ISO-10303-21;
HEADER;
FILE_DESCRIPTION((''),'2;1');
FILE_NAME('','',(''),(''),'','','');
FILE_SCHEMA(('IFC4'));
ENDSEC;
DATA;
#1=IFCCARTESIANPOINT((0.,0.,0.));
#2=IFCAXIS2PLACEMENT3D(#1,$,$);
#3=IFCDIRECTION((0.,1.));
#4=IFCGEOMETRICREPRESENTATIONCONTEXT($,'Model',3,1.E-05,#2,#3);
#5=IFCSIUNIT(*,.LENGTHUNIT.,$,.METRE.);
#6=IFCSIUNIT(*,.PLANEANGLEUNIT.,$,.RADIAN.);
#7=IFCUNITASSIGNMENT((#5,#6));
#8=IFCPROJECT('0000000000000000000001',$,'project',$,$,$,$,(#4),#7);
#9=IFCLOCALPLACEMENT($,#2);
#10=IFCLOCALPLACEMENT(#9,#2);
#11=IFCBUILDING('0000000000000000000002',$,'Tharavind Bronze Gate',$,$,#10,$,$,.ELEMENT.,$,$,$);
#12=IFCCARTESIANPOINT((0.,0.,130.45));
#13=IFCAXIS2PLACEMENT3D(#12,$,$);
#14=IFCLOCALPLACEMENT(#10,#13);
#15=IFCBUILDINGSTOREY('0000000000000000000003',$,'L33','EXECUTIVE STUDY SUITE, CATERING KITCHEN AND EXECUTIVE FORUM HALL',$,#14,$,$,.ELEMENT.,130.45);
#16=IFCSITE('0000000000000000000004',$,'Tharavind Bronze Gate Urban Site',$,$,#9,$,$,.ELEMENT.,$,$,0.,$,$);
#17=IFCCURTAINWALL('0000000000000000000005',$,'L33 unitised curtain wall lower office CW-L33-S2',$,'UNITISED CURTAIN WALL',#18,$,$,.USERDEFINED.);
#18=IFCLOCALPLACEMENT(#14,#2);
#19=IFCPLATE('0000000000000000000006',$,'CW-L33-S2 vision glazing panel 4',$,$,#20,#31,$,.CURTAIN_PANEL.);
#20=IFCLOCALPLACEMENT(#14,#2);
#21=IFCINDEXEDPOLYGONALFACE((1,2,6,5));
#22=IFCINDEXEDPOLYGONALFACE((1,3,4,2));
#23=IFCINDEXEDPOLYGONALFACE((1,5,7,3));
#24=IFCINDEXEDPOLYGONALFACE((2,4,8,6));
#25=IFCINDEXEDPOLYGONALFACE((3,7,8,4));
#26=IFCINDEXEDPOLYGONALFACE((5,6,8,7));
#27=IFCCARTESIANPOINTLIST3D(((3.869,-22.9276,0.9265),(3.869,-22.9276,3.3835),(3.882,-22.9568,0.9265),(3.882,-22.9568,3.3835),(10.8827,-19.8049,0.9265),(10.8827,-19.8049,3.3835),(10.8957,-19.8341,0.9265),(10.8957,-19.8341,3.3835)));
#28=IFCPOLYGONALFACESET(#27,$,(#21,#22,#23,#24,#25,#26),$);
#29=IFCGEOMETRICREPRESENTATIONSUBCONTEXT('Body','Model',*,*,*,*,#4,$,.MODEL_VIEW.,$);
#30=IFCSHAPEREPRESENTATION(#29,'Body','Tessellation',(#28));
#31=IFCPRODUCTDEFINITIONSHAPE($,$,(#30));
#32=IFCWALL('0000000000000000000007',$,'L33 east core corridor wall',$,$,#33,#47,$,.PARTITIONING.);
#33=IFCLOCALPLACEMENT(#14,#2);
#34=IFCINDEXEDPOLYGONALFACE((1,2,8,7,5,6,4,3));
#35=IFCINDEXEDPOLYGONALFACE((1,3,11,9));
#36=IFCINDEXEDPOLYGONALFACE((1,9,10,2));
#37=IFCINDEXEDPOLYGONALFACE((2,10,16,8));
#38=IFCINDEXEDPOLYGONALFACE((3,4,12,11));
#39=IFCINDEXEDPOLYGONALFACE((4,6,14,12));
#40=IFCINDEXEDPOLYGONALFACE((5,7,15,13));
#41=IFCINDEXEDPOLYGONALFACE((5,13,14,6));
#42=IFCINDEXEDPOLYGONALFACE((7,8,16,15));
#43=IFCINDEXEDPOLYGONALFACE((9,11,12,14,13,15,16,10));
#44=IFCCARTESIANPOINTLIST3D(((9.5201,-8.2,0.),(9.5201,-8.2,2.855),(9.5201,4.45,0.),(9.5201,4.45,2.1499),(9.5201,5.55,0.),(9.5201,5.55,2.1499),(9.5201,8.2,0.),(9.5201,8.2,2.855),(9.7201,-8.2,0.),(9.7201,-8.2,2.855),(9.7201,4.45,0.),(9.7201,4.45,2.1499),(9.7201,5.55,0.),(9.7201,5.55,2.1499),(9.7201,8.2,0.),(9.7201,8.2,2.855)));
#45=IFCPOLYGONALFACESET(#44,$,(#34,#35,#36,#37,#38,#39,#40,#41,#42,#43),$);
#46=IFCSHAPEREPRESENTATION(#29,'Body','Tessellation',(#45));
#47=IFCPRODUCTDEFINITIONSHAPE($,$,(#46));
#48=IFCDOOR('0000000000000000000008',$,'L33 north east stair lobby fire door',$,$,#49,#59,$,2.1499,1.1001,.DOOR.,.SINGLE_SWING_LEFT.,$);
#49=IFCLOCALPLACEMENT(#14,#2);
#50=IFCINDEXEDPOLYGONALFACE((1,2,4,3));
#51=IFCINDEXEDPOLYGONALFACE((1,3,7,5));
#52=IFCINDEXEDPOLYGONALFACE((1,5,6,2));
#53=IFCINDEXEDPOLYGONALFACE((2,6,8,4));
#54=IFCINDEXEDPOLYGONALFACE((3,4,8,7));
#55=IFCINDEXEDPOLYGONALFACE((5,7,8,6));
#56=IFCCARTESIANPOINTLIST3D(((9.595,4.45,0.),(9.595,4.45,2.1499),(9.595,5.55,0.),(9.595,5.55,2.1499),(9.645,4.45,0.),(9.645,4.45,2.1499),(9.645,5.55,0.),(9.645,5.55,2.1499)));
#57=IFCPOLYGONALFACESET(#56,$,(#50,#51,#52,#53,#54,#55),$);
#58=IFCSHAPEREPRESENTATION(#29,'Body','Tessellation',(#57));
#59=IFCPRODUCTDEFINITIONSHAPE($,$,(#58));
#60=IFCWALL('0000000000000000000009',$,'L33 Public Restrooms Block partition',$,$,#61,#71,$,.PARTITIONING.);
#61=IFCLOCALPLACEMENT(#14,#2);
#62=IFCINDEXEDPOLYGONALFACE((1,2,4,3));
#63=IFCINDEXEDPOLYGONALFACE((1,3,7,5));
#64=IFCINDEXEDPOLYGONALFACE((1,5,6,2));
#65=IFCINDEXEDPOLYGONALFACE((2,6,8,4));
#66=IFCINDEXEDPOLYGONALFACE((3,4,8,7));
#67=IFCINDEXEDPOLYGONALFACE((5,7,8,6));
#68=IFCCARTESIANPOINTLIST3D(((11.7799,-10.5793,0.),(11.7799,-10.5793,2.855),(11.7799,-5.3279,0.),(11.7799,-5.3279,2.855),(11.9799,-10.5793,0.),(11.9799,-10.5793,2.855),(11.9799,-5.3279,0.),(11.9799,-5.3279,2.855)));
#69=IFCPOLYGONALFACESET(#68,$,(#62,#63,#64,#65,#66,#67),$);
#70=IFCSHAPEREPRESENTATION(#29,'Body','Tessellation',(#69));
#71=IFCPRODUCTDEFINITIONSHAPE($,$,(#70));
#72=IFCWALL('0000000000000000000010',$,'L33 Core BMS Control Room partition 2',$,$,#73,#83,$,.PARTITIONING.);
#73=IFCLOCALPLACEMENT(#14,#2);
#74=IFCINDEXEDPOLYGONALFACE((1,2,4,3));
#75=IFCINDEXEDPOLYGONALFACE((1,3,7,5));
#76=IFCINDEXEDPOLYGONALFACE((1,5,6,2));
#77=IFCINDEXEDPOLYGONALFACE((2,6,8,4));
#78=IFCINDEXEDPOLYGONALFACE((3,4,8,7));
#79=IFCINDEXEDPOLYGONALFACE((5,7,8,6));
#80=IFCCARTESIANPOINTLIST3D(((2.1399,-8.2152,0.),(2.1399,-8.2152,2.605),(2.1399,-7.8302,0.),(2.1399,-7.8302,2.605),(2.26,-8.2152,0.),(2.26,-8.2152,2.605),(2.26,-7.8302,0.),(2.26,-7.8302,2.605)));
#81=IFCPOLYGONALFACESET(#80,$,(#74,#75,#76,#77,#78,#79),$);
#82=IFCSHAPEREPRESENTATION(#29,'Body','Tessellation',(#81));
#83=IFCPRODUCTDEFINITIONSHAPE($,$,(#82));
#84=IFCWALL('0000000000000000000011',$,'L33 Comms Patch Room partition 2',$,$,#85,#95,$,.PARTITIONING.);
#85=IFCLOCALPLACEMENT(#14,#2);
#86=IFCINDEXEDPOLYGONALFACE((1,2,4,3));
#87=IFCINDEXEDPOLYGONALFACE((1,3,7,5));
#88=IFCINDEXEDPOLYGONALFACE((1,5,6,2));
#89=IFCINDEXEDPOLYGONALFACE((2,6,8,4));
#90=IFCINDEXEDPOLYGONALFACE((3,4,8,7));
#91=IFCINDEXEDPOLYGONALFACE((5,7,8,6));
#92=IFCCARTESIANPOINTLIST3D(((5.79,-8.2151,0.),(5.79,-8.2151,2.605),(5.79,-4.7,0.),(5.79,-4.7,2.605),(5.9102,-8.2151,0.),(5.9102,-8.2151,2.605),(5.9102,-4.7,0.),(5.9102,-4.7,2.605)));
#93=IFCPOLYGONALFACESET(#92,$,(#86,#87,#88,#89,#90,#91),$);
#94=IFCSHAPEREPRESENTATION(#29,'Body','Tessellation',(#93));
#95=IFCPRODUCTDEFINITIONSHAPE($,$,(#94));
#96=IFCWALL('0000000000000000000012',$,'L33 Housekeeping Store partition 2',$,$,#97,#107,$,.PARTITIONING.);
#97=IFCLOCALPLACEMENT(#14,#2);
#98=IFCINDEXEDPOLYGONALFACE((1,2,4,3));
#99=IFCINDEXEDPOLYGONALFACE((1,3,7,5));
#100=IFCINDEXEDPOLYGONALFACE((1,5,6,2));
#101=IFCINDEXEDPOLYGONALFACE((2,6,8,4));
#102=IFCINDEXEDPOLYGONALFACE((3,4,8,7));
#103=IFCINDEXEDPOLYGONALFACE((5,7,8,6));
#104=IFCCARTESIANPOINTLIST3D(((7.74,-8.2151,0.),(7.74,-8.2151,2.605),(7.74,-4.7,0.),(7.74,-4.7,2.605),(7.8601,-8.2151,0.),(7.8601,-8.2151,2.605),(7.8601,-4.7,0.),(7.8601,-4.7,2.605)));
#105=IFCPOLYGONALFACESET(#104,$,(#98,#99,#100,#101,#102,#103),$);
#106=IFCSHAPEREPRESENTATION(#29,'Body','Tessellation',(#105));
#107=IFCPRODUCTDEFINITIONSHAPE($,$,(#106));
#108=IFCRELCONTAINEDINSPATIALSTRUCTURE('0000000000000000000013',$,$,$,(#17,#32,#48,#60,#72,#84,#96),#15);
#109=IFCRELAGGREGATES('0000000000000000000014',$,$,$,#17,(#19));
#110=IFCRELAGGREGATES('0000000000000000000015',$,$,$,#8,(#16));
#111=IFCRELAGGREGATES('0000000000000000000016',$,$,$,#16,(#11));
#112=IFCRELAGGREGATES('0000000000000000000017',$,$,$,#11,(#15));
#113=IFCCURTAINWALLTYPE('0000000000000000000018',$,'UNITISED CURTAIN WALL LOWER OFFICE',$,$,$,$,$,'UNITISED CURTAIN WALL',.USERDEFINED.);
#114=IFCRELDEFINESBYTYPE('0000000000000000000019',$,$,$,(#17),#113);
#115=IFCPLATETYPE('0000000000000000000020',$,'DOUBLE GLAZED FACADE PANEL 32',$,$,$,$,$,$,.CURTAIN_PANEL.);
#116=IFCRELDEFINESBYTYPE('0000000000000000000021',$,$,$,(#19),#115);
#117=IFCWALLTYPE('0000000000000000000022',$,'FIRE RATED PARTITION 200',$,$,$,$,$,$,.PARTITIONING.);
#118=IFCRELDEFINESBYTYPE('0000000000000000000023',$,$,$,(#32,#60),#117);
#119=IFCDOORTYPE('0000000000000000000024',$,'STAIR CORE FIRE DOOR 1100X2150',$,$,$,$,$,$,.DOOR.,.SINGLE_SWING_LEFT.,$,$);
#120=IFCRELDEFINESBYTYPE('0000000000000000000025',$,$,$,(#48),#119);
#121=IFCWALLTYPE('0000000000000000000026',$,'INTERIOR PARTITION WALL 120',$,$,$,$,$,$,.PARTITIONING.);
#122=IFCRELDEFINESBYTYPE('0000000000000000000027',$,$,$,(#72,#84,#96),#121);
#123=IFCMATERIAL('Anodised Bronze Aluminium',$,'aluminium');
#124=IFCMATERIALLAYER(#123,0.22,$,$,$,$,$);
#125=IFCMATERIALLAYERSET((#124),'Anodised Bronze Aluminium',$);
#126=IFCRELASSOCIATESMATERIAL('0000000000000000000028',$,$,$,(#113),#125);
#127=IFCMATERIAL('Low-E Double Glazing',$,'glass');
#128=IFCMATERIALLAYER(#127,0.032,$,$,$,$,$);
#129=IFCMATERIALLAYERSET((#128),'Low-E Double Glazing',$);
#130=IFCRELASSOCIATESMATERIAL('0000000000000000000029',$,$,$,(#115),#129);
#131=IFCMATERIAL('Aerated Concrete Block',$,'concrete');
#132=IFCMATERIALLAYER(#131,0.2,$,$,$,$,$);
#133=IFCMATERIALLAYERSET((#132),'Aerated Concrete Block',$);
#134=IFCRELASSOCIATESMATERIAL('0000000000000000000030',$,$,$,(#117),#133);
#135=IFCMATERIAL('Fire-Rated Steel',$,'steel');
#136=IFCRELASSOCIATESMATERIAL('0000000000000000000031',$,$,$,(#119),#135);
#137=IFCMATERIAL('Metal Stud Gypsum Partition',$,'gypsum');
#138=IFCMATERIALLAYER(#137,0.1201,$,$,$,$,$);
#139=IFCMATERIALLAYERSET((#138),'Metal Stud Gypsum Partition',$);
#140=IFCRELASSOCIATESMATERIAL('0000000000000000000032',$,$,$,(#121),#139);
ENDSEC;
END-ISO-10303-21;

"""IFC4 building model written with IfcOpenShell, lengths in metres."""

from ifc_helpers import new_model, si_unit, direction, frame, frame_2d, origin, origin_2d, place, context, subcontext, project, spatial, rectangle, extrude, material, layer, layer_set, type_object, element, fill, aggregate, save


model = new_model("IFC4")

# Units and contexts
model_context = context("Model", 3, precision=1e-05, world=origin(), true_north=direction((0.0, 1.0)))
body_context = subcontext(model_context, "Body", "Model", "MODEL_VIEW")
ifc_project = project(units=[si_unit("LENGTHUNIT", "METRE"), si_unit("PLANEANGLEUNIT", "RADIAN")], contexts=[model_context])

# Site, building, storey
site_placement = place(None, origin())
site = spatial("IfcSite", under=ifc_project, at=site_placement, Name="Tharavind Bronze Gate Urban Site", CompositionType="ELEMENT", RefElevation=0.0)
building_placement = place(site_placement, origin())
building = spatial("IfcBuilding", under=site, at=building_placement, Name="Tharavind Bronze Gate", CompositionType="ELEMENT")
storey_placement = place(building_placement, frame((0.0, 0.0, 130.45)))
storey = spatial("IfcBuildingStorey", under=building, at=storey_placement, Name="L33", Description="EXECUTIVE STUDY SUITE, CATERING KITCHEN AND EXECUTIVE FORUM HALL", CompositionType="ELEMENT", Elevation=130.45)

# Curtain wall
ifc_material_1 = material(Name="Anodised Bronze Aluminium", Category="aluminium")
ifc_layer_1 = layer(ifc_material_1, 0.22)
ifc_layer_set_1 = layer_set([ifc_layer_1], Name="Anodised Bronze Aluminium")
curtain_wall_type = type_object("IfcCurtainWallType", Name="UNITISED CURTAIN WALL LOWER OFFICE", ElementType="UNITISED CURTAIN WALL", PredefinedType="USERDEFINED", material=ifc_layer_set_1)
curtain_wall_placement = place(storey_placement, origin())
curtain_wall = element("IfcCurtainWall", 1, at=curtain_wall_placement, inside=storey, type_object=curtain_wall_type, Name="L33 unitised curtain wall lower office CW-L33-S2", ObjectType="UNITISED CURTAIN WALL", PredefinedType="USERDEFINED")

# Plate
ifc_material_2 = material(Name="Low-E Double Glazing", Category="glass")
ifc_layer_2 = layer(ifc_material_2, 0.032)
ifc_layer_set_2 = layer_set([ifc_layer_2], Name="Low-E Double Glazing")
plate_type_1 = type_object("IfcPlateType", Name="DOUBLE GLAZED FACADE PANEL 32", PredefinedType="CURTAIN_PANEL", material=ifc_layer_set_2)
plate_1_placement = place(storey_placement, frame((7.3823, -21.3809, 0.9265), z_axis=(0.0, 0.0, 1.0), x_axis=(0.913545, 0.406737, 0.0)))
plate_1 = element("IfcPlate", 2, at=plate_1_placement, type_object=plate_type_1, Name="CW-L33-S2 vision glazing panel 4", PredefinedType="CURTAIN_PANEL", context=body_context, shape_type="SweptSolid", body=[
    extrude(rectangle(XDim=7.6775, YDim=0.032, at=origin_2d()), origin(), (0.0, 0.0, 1.0), 2.457),
])
aggregate(curtain_wall, [plate_1])

# Wall, opening, door
ifc_material_3 = material(Name="Aerated Concrete Block", Category="concrete")
ifc_layer_3 = layer(ifc_material_3, 0.2)
ifc_layer_set_3 = layer_set([ifc_layer_3], Name="Aerated Concrete Block")
wall_type_1 = type_object("IfcWallType", Name="FIRE RATED PARTITION 200", PredefinedType="PARTITIONING", material=ifc_layer_set_3)
wall_1_placement = place(storey_placement, frame((9.6201, -8.2, 0.0), z_axis=(0.0, 0.0, 1.0), x_axis=(0.0, 1.0, 0.0)))
wall_1 = element("IfcWall", 3, at=wall_1_placement, inside=storey, type_object=wall_type_1, Name="L33 east core corridor wall", PredefinedType="PARTITIONING", context=body_context, shape_type="SweptSolid", body=[
    extrude(rectangle(XDim=16.3999, YDim=0.2, at=frame_2d((8.2, 0.0))), origin(), (0.0, 0.0, 1.0), 2.855),
])
opening_placement = place(wall_1_placement, frame((12.6499, 0.0, 0.0)))
opening = element("IfcOpeningElement", 4, at=opening_placement, cuts=wall_1, PredefinedType="OPENING", context=body_context, shape_type="SweptSolid", body=[
    extrude(rectangle(XDim=1.1001, YDim=2.1499, at=frame_2d((0.55, 1.075))), frame((0.0, 0.1101, 0.0), z_axis=(0.0, -1.0, 0.0), x_axis=(1.0, 0.0, 0.0)), (0.0, 0.0, 1.0), 0.22),
])
ifc_material_4 = material(Name="Fire-Rated Steel", Category="steel")
door_type = type_object("IfcDoorType", Name="STAIR CORE FIRE DOOR 1100X2150", OperationType="SINGLE_SWING_LEFT", PredefinedType="DOOR", material=ifc_material_4)
door_placement = place(opening_placement, frame((1.1001, 0.0, 0.0), z_axis=(0.0, 0.0, 1.0), x_axis=(-1.0, 0.0, 0.0)))
door = element("IfcDoor", 5, at=door_placement, inside=storey, type_object=door_type, Name="L33 north east stair lobby fire door", OperationType="SINGLE_SWING_LEFT", OverallHeight=2.1499, OverallWidth=1.1001, PredefinedType="DOOR", context=body_context, shape_type="SweptSolid", body=[
    extrude(rectangle(XDim=1.1001, YDim=2.1499, at=frame_2d((0.55, 1.075))), frame((0.0, 0.0249, 0.0), z_axis=(0.0, -1.0, 0.0), x_axis=(1.0, 0.0, 0.0)), (0.0, 0.0, 1.0), 0.05),
])
fill(opening, door)

# Walls
wall_2_placement = place(storey_placement, frame((11.8799, -10.5793, 0.0), z_axis=(0.0, 0.0, 1.0), x_axis=(0.0, 1.0, 0.0)))
element("IfcWall", 6, at=wall_2_placement, inside=storey, type_object=wall_type_1, Name="L33 Public Restrooms Block partition", PredefinedType="PARTITIONING", context=body_context, shape_type="SweptSolid", body=[
    extrude(rectangle(XDim=5.2515, YDim=0.2, at=frame_2d((2.6257, 0.0))), origin(), (0.0, 0.0, 1.0), 2.855),
])
ifc_material_5 = material(Name="Metal Stud Gypsum Partition", Category="gypsum")
ifc_layer_4 = layer(ifc_material_5, 0.1201)
ifc_layer_set_4 = layer_set([ifc_layer_4], Name="Metal Stud Gypsum Partition")
wall_type_2 = type_object("IfcWallType", Name="INTERIOR PARTITION WALL 120", PredefinedType="PARTITIONING", material=ifc_layer_set_4)
wall_3_placement = place(storey_placement, frame((2.2, -8.2151, 0.0), z_axis=(0.0, 0.0, 1.0), x_axis=(0.0, 1.0, 0.0)))
element("IfcWall", 7, at=wall_3_placement, inside=storey, type_object=wall_type_2, Name="L33 Core BMS Control Room partition 2", PredefinedType="PARTITIONING", context=body_context, shape_type="SweptSolid", body=[
    extrude(rectangle(XDim=0.385, YDim=0.1201, at=frame_2d((0.1924, 0.0))), origin(), (0.0, 0.0, 1.0), 2.605),
])
for number, where, z_axis, x_axis, name in (
    (8, (5.8501, -8.2151, 0.0), (0.0, 0.0, 1.0), (0.0, 1.0, 0.0), "L33 Comms Patch Room partition 2"),
    (9, (7.8, -8.2151, 0.0), (0.0, 0.0, 1.0), (0.0, 1.0, 0.0), "L33 Housekeeping Store partition 2"),
):
    element("IfcWall", number, at=place(storey_placement, frame(where, z_axis=z_axis, x_axis=x_axis)), inside=storey, type_object=wall_type_2, Name=name, PredefinedType="PARTITIONING", context=body_context, shape_type="SweptSolid", body=[
        extrude(rectangle(XDim=3.5151, YDim=0.1201, at=frame_2d((1.7576, 0.0))), origin(), (0.0, 0.0, 1.0), 2.605),
    ])

save(model, "model.ifc")
